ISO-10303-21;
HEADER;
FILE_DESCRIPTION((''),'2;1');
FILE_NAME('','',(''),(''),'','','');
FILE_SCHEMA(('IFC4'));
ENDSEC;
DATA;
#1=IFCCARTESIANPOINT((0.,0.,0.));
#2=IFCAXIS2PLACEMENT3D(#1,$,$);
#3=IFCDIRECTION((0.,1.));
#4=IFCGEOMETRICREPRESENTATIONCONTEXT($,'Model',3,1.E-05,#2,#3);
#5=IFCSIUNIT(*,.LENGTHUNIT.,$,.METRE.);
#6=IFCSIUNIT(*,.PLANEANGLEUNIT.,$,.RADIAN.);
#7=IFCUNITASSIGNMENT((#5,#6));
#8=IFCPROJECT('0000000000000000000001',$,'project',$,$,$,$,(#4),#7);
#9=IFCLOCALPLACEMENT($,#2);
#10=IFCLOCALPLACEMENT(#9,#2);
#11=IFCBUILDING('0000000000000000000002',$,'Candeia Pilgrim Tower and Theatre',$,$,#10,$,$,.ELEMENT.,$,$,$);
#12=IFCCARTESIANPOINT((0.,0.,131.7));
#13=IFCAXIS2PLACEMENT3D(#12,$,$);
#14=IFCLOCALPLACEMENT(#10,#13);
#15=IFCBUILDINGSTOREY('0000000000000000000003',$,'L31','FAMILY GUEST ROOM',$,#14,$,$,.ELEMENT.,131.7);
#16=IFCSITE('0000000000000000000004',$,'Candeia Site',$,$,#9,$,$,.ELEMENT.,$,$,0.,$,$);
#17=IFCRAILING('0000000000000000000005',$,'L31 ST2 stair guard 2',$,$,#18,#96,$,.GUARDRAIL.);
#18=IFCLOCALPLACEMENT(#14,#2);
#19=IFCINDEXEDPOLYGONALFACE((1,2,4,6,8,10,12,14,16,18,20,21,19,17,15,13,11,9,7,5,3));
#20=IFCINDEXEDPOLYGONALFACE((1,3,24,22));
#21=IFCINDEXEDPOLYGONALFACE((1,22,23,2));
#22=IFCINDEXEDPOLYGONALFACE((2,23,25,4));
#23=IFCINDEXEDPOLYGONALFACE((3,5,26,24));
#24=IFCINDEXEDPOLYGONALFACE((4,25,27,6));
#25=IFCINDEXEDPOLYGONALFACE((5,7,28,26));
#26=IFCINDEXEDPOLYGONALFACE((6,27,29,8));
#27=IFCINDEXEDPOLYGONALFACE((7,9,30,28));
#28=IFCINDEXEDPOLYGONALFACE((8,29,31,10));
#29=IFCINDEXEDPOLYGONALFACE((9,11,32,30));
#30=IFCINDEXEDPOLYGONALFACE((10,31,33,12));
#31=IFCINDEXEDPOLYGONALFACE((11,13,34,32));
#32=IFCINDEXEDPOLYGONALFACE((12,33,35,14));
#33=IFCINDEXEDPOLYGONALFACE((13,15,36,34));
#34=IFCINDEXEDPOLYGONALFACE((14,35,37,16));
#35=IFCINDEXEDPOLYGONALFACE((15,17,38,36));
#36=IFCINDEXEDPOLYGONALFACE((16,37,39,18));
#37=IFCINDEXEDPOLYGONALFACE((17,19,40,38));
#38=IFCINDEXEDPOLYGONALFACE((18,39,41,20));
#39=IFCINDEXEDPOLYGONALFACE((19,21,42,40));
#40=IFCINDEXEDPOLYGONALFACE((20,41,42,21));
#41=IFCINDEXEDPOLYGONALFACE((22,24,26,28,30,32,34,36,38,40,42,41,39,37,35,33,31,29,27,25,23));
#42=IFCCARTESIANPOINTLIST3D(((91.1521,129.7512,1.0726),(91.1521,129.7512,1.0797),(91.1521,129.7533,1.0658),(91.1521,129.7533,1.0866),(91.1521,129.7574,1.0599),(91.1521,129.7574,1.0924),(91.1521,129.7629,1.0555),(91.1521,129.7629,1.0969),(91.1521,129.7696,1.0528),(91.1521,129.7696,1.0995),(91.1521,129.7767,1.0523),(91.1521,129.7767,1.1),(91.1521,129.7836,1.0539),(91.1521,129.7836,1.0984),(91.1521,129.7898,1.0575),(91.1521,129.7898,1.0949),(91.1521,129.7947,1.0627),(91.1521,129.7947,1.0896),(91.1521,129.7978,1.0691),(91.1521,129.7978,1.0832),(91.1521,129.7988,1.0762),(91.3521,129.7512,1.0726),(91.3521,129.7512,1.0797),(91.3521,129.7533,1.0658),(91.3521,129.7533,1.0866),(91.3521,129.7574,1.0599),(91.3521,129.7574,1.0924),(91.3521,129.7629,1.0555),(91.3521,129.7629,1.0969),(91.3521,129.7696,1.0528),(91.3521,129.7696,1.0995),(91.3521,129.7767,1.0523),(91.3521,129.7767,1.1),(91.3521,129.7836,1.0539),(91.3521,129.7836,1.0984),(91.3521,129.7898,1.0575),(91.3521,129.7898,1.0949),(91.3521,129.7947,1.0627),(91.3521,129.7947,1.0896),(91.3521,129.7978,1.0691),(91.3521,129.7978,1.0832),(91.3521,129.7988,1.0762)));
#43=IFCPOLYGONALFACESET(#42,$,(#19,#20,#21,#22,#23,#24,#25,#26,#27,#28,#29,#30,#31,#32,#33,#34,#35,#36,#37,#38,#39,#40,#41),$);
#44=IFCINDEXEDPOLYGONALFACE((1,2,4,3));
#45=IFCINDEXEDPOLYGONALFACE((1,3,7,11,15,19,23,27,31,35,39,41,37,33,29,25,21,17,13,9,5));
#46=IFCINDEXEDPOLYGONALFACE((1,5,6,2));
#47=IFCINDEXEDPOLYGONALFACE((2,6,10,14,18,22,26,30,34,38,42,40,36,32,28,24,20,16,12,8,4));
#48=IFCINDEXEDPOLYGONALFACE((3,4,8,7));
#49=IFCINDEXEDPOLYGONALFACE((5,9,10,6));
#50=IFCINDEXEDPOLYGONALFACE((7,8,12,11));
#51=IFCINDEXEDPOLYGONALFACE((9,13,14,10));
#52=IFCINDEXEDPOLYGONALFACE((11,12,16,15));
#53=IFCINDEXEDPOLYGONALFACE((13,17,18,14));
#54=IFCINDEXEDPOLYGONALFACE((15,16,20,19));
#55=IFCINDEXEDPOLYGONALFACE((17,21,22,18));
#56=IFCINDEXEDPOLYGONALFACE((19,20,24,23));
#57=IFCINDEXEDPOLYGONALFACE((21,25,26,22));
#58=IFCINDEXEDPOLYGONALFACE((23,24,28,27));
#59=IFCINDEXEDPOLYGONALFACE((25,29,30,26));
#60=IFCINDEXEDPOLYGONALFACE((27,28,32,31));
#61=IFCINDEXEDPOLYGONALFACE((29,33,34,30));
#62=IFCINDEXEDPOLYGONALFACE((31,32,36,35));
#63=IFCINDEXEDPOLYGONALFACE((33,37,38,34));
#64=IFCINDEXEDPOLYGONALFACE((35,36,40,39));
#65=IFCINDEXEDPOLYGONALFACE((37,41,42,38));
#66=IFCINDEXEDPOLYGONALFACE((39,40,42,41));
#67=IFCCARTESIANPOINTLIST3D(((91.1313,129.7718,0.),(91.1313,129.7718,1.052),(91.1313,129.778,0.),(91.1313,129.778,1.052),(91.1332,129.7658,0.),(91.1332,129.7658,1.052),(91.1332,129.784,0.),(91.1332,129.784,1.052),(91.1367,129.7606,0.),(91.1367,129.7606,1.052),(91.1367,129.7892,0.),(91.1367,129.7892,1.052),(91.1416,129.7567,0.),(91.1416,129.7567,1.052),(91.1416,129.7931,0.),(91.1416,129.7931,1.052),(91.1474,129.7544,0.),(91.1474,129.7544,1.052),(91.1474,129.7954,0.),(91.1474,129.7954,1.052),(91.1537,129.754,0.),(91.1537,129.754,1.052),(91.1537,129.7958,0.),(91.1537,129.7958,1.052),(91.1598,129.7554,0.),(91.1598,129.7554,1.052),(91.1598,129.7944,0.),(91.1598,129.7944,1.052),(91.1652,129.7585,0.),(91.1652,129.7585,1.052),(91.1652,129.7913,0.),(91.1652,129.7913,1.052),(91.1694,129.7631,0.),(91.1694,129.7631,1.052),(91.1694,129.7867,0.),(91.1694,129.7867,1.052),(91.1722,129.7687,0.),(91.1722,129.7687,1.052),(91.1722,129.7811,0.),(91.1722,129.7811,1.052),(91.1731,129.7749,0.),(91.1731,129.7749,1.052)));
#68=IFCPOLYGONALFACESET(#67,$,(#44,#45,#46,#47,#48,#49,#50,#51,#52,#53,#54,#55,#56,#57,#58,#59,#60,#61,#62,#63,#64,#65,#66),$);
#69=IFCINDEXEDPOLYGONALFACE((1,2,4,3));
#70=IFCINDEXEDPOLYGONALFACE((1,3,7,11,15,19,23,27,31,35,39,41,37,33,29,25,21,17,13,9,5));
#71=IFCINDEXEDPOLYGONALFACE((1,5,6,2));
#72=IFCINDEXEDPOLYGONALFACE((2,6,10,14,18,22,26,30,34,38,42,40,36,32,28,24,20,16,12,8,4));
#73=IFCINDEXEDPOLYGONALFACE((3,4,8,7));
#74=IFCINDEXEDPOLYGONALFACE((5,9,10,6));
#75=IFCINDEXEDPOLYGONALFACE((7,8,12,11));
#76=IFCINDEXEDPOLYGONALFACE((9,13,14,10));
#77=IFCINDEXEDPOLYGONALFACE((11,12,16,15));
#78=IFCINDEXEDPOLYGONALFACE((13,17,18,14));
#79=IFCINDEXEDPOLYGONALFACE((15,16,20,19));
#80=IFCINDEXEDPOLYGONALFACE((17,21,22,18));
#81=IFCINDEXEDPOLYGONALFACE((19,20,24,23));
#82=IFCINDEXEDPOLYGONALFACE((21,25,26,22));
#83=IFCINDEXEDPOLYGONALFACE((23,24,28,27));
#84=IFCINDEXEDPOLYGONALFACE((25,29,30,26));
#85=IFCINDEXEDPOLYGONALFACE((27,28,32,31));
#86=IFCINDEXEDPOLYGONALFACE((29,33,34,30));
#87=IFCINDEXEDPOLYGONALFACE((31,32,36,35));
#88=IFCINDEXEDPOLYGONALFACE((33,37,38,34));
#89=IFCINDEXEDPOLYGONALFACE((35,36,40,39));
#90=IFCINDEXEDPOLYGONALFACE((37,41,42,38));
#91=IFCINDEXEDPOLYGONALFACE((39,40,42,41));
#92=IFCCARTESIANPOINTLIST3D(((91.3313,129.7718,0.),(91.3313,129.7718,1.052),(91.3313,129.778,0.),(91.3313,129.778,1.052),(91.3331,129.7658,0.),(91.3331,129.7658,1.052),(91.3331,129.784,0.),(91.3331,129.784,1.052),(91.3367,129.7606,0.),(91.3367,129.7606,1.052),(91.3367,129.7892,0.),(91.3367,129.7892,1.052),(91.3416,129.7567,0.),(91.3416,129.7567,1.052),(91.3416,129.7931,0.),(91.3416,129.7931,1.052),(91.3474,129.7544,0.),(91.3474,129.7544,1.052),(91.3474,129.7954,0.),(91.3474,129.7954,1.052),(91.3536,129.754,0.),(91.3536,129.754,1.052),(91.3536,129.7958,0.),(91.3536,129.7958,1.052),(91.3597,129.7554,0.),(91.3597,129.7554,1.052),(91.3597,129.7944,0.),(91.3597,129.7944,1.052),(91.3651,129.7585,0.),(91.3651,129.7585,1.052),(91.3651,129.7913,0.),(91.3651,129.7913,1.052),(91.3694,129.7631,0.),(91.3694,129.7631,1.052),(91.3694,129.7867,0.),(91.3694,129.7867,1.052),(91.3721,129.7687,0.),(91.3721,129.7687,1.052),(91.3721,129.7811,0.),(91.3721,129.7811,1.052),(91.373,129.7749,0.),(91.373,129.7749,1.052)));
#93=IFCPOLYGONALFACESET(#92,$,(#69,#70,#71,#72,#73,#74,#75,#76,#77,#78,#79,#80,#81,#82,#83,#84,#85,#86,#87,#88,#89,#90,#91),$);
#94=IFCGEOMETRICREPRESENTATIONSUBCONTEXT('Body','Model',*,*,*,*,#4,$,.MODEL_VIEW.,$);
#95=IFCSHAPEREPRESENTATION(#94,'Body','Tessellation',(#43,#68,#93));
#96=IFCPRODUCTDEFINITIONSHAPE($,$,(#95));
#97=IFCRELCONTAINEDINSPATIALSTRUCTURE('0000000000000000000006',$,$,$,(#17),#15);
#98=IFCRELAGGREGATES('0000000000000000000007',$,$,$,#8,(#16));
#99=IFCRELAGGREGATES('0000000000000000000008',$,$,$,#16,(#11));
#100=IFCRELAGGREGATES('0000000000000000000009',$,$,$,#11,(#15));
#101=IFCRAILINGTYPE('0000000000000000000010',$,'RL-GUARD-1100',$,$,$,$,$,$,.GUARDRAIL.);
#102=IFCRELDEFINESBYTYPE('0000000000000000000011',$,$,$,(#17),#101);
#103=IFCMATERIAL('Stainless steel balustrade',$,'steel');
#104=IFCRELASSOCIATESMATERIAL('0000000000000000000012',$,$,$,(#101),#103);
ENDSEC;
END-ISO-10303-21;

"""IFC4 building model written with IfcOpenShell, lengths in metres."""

from ifc_helpers import new_model, si_unit, direction, frame, origin, origin_2d, place, context, subcontext, project, spatial, circle, extrude, material, type_object, element, save


model = new_model("IFC4")

# Units and contexts
model_context = context("Model", 3, precision=1e-05, world=origin(), true_north=direction((0.0, 1.0)))
body_context = subcontext(model_context, "Body", "Model", "MODEL_VIEW")
ifc_project = project(units=[si_unit("LENGTHUNIT", "METRE"), si_unit("PLANEANGLEUNIT", "RADIAN")], contexts=[model_context])

# Site, building, storey
site_placement = place(None, origin())
site = spatial("IfcSite", under=ifc_project, at=site_placement, Name="Candeia Site", CompositionType="ELEMENT", RefElevation=0.0)
building_placement = place(site_placement, origin())
building = spatial("IfcBuilding", under=site, at=building_placement, Name="Candeia Pilgrim Tower and Theatre", CompositionType="ELEMENT")
storey_placement = place(building_placement, frame((0.0, 0.0, 131.7)))
storey = spatial("IfcBuildingStorey", under=building, at=storey_placement, Name="L31", Description="FAMILY GUEST ROOM", CompositionType="ELEMENT", Elevation=131.7)

# Shared definitions
ifc_material_1 = material(Name="Stainless steel balustrade", Category="steel")

# Railing
railing_type_1 = type_object("IfcRailingType", Name="RL-GUARD-1100", PredefinedType="GUARDRAIL", material=ifc_material_1)
railing_1_placement = place(storey_placement, frame((91.1521, 129.7749, 0.0)))
element("IfcRailing", 1, at=railing_1_placement, inside=storey, type_object=railing_type_1, Name="L31 ST2 stair guard 2", PredefinedType="GUARDRAIL", context=body_context, shape_type="SweptSolid", body=[
    extrude(circle(Radius=0.0239, at=origin_2d()), frame((0.0, 0.0, 1.0762), z_axis=(1.0, 0.0, 0.0), x_axis=(0.0, 1.0, 0.0)), (0.0, 0.0, 1.0), 0.2),
    extrude(circle(Radius=0.021, at=origin_2d()), origin(), (0.0, 0.0, 1.0), 1.052),
    extrude(circle(Radius=0.021, at=origin_2d()), frame((0.2, 0.0, 0.0)), (0.0, 0.0, 1.0), 1.052),
])

save(model, "model.ifc")
